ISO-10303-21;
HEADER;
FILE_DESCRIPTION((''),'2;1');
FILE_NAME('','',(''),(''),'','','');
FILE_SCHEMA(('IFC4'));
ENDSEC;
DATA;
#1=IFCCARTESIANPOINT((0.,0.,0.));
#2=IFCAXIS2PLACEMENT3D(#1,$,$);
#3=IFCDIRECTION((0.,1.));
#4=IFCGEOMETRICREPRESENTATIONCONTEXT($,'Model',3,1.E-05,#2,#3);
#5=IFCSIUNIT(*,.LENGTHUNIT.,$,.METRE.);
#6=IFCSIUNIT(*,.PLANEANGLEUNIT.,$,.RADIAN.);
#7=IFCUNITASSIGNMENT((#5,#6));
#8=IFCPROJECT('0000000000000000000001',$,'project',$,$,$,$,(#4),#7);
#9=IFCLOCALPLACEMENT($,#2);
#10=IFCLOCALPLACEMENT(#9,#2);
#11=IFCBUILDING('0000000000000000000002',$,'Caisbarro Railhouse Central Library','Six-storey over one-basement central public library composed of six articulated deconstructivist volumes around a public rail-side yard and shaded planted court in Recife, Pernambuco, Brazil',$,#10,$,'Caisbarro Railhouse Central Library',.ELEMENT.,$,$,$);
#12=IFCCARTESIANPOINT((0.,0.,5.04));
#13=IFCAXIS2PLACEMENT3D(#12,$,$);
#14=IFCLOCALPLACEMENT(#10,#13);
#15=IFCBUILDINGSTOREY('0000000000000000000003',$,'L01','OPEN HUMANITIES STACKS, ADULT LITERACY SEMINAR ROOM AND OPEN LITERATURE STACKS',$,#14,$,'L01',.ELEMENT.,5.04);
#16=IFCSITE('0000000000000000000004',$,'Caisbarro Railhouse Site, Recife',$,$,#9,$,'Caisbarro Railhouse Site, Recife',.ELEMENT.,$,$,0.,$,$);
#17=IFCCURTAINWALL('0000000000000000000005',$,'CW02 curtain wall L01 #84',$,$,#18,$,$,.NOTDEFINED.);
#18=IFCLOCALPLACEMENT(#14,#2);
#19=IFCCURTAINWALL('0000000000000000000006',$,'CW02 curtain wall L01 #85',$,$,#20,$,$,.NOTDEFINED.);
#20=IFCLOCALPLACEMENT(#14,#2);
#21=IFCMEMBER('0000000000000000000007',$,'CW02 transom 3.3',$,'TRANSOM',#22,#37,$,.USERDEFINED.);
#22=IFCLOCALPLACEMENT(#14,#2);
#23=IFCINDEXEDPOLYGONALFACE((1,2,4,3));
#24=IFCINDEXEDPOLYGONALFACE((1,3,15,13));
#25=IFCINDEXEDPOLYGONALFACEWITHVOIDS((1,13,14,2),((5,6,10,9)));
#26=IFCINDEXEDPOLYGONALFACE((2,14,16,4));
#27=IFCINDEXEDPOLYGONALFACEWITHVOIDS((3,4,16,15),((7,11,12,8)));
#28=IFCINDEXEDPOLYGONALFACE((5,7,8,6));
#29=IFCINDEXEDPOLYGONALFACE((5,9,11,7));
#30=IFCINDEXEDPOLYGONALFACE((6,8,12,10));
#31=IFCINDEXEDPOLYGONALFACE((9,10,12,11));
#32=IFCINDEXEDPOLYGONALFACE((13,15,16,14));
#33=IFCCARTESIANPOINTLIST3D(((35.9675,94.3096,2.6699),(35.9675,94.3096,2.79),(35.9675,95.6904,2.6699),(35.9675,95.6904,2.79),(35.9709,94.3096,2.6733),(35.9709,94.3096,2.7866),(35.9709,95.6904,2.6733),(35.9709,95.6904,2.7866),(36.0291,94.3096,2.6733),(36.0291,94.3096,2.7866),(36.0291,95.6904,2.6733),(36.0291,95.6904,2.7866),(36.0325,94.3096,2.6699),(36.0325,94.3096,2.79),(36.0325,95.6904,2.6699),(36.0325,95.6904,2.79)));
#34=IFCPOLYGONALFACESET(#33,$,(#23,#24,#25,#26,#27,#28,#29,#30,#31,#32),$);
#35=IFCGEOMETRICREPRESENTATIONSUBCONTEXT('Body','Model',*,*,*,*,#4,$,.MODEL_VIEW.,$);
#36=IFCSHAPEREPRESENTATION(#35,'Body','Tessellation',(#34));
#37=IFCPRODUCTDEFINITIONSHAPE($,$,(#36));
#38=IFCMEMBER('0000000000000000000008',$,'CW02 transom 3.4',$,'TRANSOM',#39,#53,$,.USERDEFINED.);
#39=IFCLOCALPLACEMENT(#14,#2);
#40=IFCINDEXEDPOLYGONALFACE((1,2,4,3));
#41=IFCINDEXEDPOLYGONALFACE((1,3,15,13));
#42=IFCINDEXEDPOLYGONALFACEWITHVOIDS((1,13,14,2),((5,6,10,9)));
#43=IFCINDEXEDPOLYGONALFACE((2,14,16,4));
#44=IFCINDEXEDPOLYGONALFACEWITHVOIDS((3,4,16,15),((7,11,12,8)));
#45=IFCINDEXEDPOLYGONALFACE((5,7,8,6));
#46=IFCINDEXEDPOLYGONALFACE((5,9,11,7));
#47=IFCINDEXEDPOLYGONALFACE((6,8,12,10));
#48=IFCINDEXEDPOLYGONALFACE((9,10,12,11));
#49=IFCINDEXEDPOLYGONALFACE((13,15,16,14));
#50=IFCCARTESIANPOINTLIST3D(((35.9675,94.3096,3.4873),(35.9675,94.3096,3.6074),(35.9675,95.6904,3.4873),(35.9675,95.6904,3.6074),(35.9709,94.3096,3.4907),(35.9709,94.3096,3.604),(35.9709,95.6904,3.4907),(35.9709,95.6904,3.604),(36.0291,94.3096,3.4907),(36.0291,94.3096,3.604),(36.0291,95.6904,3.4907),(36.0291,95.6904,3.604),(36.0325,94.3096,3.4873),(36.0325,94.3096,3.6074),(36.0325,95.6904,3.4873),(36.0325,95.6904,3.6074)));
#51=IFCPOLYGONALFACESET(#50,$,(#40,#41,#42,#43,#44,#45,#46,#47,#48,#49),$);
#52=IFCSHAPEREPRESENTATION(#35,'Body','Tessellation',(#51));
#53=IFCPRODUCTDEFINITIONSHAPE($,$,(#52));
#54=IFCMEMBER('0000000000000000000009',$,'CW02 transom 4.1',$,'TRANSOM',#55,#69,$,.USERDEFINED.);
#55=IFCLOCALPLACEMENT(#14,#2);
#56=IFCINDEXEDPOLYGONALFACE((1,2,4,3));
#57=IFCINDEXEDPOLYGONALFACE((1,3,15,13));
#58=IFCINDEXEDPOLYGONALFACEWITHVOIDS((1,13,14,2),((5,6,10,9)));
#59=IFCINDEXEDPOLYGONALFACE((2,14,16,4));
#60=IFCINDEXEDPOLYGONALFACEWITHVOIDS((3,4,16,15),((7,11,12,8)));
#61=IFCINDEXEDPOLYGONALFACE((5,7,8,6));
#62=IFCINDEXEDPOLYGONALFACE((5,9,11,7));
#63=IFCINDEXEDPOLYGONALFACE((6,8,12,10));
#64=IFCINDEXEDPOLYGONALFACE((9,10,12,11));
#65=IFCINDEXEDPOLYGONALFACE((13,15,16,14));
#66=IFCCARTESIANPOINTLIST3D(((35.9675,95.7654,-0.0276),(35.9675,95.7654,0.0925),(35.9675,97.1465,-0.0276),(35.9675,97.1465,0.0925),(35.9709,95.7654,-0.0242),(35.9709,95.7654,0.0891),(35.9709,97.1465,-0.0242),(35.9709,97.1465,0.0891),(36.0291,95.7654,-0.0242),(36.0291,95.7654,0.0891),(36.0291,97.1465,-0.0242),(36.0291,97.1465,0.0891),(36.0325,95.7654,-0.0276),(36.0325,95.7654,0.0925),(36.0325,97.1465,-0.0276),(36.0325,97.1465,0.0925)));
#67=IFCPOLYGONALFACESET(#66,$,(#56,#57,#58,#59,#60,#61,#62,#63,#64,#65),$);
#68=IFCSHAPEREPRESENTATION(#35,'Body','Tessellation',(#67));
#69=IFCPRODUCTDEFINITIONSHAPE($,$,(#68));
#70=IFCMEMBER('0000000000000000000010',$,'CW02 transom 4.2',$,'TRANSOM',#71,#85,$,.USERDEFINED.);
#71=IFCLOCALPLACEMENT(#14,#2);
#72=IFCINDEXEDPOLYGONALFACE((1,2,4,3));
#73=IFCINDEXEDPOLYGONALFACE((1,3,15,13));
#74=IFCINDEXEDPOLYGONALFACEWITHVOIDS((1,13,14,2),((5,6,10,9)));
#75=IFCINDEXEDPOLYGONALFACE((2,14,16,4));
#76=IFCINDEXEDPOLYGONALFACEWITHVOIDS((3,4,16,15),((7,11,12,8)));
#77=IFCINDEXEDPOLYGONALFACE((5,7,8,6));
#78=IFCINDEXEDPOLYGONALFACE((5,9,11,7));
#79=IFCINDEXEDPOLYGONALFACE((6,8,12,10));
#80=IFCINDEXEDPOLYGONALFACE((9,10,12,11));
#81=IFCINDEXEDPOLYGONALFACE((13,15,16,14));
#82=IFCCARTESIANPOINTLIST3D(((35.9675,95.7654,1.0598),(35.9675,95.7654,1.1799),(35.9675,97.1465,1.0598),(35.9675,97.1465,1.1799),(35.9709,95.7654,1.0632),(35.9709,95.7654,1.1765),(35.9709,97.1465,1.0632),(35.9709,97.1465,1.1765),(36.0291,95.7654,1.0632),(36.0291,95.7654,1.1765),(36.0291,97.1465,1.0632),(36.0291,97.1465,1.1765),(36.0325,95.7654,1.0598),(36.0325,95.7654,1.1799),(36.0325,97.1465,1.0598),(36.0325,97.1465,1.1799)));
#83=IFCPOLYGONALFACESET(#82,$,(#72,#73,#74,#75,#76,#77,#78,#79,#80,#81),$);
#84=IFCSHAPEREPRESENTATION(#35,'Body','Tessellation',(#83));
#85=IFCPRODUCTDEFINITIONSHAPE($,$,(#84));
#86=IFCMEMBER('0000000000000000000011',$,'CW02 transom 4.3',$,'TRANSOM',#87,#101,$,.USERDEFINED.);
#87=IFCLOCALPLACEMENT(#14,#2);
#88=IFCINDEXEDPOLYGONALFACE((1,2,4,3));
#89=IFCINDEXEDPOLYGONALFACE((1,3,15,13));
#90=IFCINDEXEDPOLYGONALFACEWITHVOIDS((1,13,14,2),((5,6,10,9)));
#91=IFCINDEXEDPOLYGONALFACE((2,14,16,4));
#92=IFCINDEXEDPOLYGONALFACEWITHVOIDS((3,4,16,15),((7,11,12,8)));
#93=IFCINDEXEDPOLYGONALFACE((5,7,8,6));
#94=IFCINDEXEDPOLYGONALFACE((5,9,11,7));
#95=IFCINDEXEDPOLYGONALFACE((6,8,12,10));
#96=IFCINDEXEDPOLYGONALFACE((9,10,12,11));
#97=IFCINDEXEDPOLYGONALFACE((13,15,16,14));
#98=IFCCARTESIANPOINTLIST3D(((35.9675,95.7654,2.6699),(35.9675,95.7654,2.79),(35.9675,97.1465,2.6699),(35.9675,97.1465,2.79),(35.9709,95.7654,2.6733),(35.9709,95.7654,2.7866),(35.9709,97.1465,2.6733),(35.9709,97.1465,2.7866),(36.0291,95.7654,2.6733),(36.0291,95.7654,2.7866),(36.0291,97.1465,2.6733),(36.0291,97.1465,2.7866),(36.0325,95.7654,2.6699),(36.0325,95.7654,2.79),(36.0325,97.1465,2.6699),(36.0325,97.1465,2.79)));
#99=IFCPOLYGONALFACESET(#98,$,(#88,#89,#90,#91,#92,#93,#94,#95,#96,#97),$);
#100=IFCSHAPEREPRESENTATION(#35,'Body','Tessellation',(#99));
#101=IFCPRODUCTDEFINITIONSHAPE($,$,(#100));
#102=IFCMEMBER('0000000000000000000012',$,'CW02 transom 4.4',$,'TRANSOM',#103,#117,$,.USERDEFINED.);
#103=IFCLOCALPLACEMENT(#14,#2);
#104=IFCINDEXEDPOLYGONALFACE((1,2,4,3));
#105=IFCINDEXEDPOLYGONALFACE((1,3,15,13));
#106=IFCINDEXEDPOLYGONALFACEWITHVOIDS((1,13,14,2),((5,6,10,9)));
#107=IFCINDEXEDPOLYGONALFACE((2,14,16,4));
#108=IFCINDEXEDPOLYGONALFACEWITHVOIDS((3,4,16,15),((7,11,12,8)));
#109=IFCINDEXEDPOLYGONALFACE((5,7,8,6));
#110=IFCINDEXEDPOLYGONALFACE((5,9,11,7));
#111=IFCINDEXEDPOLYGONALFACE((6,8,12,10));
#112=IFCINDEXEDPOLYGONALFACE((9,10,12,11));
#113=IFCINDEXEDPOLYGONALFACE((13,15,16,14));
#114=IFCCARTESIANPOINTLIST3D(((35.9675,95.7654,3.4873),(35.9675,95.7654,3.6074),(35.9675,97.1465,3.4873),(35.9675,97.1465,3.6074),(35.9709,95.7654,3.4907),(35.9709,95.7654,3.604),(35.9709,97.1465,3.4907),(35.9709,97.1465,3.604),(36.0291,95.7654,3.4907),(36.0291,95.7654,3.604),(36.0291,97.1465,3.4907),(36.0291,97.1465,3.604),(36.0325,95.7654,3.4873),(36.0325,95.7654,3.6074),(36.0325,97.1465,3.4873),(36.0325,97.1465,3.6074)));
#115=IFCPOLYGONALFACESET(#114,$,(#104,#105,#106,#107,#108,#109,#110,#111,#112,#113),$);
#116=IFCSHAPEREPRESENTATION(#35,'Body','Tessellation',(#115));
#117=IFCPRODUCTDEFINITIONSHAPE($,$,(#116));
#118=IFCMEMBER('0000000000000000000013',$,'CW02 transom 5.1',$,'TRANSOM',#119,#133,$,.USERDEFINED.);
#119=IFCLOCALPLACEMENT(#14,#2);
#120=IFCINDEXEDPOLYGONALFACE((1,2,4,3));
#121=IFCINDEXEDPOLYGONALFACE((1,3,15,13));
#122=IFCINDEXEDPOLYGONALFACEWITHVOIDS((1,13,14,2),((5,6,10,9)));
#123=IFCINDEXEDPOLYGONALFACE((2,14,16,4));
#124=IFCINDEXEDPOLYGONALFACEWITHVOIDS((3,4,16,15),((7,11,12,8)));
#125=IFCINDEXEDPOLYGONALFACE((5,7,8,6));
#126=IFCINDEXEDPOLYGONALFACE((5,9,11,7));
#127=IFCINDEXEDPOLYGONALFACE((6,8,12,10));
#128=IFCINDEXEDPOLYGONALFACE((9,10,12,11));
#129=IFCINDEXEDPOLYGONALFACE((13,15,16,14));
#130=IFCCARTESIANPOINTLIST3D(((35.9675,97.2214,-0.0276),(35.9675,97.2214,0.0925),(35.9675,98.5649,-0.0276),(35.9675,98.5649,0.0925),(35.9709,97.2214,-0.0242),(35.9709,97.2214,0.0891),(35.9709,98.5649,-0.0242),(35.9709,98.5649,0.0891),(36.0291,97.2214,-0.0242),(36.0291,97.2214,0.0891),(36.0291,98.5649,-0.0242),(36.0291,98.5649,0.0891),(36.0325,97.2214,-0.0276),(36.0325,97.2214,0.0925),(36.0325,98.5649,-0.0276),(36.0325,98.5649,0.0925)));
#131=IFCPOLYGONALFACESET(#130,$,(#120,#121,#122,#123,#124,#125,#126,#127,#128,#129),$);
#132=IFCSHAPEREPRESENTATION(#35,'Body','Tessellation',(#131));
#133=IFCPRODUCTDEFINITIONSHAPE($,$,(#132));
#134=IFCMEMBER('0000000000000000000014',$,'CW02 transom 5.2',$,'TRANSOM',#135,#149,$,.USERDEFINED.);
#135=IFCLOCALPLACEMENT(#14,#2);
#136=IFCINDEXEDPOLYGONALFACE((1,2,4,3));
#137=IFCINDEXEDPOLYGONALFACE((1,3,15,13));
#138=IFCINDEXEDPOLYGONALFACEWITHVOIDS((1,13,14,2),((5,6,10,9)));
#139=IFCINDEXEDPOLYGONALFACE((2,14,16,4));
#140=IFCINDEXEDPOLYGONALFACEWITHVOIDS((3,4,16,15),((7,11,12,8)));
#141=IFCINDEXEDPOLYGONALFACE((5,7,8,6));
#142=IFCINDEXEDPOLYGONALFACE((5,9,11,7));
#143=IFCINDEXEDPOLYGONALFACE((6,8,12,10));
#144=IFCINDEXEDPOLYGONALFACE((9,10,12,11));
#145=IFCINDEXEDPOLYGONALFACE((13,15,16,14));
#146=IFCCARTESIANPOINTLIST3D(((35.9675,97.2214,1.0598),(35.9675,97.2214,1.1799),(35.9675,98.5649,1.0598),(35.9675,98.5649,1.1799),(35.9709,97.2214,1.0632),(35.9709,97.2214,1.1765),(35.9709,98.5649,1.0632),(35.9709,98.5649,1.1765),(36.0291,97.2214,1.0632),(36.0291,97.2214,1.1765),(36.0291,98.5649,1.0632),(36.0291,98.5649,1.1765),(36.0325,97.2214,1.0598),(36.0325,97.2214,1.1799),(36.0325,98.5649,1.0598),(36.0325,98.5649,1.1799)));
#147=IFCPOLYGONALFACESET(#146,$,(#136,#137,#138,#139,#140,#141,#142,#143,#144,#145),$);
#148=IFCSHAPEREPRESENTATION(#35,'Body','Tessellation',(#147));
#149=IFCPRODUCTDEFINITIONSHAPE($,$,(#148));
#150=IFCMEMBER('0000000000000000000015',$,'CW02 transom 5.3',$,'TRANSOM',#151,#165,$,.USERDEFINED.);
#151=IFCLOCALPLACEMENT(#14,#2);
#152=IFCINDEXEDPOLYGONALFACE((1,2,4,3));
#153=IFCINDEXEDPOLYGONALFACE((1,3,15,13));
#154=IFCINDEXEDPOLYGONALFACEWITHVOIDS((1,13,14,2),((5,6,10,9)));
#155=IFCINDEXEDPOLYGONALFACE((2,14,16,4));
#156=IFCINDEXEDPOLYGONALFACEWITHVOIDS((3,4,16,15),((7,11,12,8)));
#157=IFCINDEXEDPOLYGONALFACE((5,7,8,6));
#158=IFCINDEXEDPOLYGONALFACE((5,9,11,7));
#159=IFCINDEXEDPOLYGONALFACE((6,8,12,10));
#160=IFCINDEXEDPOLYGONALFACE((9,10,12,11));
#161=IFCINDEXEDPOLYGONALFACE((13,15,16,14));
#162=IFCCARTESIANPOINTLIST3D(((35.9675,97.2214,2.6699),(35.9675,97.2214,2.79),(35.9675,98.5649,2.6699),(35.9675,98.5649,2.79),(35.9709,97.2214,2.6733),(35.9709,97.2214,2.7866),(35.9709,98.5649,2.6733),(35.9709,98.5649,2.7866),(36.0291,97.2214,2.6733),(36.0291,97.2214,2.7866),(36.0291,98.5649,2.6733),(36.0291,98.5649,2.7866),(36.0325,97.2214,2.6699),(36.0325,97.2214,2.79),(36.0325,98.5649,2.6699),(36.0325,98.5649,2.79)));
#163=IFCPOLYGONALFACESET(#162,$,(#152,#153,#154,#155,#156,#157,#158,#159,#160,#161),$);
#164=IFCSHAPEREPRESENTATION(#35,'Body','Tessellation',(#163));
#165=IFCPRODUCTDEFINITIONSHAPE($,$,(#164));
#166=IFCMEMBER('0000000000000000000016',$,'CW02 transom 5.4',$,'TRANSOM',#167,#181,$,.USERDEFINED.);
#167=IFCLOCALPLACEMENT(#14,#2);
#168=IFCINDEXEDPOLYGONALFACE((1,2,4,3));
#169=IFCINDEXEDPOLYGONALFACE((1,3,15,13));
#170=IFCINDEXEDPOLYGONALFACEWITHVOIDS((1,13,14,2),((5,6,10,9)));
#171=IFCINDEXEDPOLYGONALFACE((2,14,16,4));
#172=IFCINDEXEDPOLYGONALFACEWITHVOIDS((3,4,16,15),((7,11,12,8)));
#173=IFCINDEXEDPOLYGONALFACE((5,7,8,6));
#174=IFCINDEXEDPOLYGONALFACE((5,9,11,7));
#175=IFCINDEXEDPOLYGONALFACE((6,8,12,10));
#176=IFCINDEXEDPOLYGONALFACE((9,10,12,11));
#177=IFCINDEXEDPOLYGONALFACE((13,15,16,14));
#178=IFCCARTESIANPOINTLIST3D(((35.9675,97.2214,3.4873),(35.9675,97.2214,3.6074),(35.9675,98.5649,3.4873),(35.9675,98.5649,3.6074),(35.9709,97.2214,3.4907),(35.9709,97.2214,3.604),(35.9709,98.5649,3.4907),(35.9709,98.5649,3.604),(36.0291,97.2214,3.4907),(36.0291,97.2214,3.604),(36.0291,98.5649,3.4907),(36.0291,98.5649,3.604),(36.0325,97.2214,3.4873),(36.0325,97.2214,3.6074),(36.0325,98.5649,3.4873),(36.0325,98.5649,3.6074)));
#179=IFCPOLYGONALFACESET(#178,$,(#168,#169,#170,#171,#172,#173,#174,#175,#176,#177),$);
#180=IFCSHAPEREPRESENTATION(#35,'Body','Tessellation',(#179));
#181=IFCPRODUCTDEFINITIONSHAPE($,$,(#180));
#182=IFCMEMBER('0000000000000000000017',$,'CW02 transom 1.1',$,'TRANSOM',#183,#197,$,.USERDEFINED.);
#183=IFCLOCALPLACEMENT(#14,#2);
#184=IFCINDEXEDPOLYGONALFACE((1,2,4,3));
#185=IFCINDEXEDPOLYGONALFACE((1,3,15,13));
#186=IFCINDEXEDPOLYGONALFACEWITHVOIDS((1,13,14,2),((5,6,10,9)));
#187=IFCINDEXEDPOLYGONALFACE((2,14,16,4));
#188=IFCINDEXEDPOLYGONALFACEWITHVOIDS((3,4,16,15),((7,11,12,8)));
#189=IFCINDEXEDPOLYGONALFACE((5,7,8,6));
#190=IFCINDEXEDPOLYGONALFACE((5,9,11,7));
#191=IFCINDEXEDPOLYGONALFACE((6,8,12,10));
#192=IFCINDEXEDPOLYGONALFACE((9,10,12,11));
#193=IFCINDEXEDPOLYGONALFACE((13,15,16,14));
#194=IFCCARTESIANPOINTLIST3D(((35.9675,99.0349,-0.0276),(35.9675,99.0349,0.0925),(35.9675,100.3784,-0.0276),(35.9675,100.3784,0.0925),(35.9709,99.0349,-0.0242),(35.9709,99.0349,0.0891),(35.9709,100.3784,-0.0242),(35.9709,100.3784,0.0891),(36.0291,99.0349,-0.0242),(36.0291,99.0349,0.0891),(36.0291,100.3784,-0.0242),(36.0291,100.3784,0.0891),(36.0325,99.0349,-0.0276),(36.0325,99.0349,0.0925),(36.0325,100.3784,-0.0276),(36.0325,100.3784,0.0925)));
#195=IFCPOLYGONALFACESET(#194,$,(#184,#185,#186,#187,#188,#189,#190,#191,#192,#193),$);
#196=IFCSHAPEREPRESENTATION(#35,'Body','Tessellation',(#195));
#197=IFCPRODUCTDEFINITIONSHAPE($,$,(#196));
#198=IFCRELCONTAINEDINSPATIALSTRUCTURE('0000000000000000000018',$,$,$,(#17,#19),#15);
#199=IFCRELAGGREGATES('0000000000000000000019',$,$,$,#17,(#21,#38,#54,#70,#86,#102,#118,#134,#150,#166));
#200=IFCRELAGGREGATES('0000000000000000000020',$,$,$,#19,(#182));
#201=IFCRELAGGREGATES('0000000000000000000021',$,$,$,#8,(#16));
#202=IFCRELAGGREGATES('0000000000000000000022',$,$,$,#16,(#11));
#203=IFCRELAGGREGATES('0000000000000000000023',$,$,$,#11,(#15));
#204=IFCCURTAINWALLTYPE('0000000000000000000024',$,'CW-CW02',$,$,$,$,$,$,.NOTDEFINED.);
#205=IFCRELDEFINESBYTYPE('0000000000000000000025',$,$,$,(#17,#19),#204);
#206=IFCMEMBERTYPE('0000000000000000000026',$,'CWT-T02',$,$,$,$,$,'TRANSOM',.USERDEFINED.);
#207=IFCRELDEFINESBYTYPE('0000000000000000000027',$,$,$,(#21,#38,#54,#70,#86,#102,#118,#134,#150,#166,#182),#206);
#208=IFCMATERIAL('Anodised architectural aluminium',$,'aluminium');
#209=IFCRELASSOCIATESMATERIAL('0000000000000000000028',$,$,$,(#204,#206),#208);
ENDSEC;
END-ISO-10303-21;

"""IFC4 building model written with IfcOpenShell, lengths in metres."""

from ifc_helpers import new_model, si_unit, direction, frame, origin, origin_2d, place, context, subcontext, project, spatial, hollow_rectangle, extrude, material, material_profile, profile_set, type_object, element, aggregate, save


model = new_model("IFC4")

# Units and contexts
model_context = context("Model", 3, precision=1e-05, world=origin(), true_north=direction((0.0, 1.0)))
body_context = subcontext(model_context, "Body", "Model", "MODEL_VIEW")
ifc_project = project(units=[si_unit("LENGTHUNIT", "METRE"), si_unit("PLANEANGLEUNIT", "RADIAN")], contexts=[model_context])

# Site, building, storey
site_placement = place(None, origin())
site = spatial("IfcSite", under=ifc_project, at=site_placement, Name="Caisbarro Railhouse Site, Recife", LongName="Caisbarro Railhouse Site, Recife", CompositionType="ELEMENT", RefElevation=0.0)
building_placement = place(site_placement, origin())
building = spatial("IfcBuilding", under=site, at=building_placement, Name="Caisbarro Railhouse Central Library", Description="Six-storey over one-basement central public library composed of six articulated deconstructivist volumes around a public rail-side yard and shaded planted court in Recife, Pernambuco, Brazil", LongName="Caisbarro Railhouse Central Library", CompositionType="ELEMENT")
storey_placement = place(building_placement, frame((0.0, 0.0, 5.04)))
storey = spatial("IfcBuildingStorey", under=building, at=storey_placement, Name="L01", Description="OPEN HUMANITIES STACKS, ADULT LITERACY SEMINAR ROOM AND OPEN LITERATURE STACKS", LongName="L01", CompositionType="ELEMENT", Elevation=5.04)

# Curtain wall
ifc_material_1 = material(Name="Anodised architectural aluminium", Category="aluminium")
curtain_wall_type = type_object("IfcCurtainWallType", Name="CW-CW02", PredefinedType="NOTDEFINED", material=ifc_material_1)
curtain_wall_1_placement = place(storey_placement, origin())
curtain_wall_1 = element("IfcCurtainWall", 1, at=curtain_wall_1_placement, inside=storey, type_object=curtain_wall_type, Name="CW02 curtain wall L01 #84", PredefinedType="NOTDEFINED")

# Curtain wall
curtain_wall_2_placement = place(storey_placement, origin())
curtain_wall_2 = element("IfcCurtainWall", 2, at=curtain_wall_2_placement, inside=storey, type_object=curtain_wall_type, Name="CW02 curtain wall L01 #85", PredefinedType="NOTDEFINED")

# Members
ifc_material_profile_1 = material_profile(ifc_material_1, hollow_rectangle(XDim=0.0649, YDim=0.1201, WallThickness=0.0034, at=origin_2d()), Name="ALU-TRN-65X120")
ifc_profile_set_1 = profile_set([ifc_material_profile_1], Name="Anodised architectural aluminium")
member_type_1 = type_object("IfcMemberType", Name="CWT-T02", ElementType="TRANSOM", PredefinedType="USERDEFINED", material=ifc_profile_set_1)
member_1_placement = place(storey_placement, frame((36.0, 94.3096, 2.73), z_axis=(0.0, 1.0, 0.0), x_axis=(-1.0, 0.0, 0.0)))
member_1 = element("IfcMember", 3, at=member_1_placement, type_object=member_type_1, Name="CW02 transom 3.3", ObjectType="TRANSOM", PredefinedType="USERDEFINED", context=body_context, shape_type="SweptSolid", body=[
    extrude(hollow_rectangle(XDim=0.0649, YDim=0.1201, WallThickness=0.0034, at=origin_2d()), origin(), (0.0, 0.0, 1.0), 1.3809),
])
member_2_placement = place(storey_placement, frame((36.0, 94.3096, 3.5474), z_axis=(0.0, 1.0, 0.0), x_axis=(-1.0, 0.0, 0.0)))
member_2 = element("IfcMember", 4, at=member_2_placement, type_object=member_type_1, Name="CW02 transom 3.4", ObjectType="TRANSOM", PredefinedType="USERDEFINED", context=body_context, shape_type="SweptSolid", body=[
    extrude(hollow_rectangle(XDim=0.0649, YDim=0.1201, WallThickness=0.0034, at=origin_2d()), origin(), (0.0, 0.0, 1.0), 1.3809),
])
member_3_placement = place(storey_placement, frame((36.0, 95.7654, 0.0325), z_axis=(0.0, 1.0, 0.0), x_axis=(-1.0, 0.0, 0.0)))
member_3 = element("IfcMember", 5, at=member_3_placement, type_object=member_type_1, Name="CW02 transom 4.1", ObjectType="TRANSOM", PredefinedType="USERDEFINED", context=body_context, shape_type="SweptSolid", body=[
    extrude(hollow_rectangle(XDim=0.0649, YDim=0.1201, WallThickness=0.0034, at=origin_2d()), origin(), (0.0, 0.0, 1.0), 1.3811),
])
member_4_placement = place(storey_placement, frame((36.0, 95.7654, 1.1199), z_axis=(0.0, 1.0, 0.0), x_axis=(-1.0, 0.0, 0.0)))
member_4 = element("IfcMember", 6, at=member_4_placement, type_object=member_type_1, Name="CW02 transom 4.2", ObjectType="TRANSOM", PredefinedType="USERDEFINED", context=body_context, shape_type="SweptSolid", body=[
    extrude(hollow_rectangle(XDim=0.0649, YDim=0.1201, WallThickness=0.0034, at=origin_2d()), origin(), (0.0, 0.0, 1.0), 1.3811),
])
member_5_placement = place(storey_placement, frame((36.0, 95.7654, 2.73), z_axis=(0.0, 1.0, 0.0), x_axis=(-1.0, 0.0, 0.0)))
member_5 = element("IfcMember", 7, at=member_5_placement, type_object=member_type_1, Name="CW02 transom 4.3", ObjectType="TRANSOM", PredefinedType="USERDEFINED", context=body_context, shape_type="SweptSolid", body=[
    extrude(hollow_rectangle(XDim=0.0649, YDim=0.1201, WallThickness=0.0034, at=origin_2d()), origin(), (0.0, 0.0, 1.0), 1.3811),
])
member_6_placement = place(storey_placement, frame((36.0, 95.7654, 3.5474), z_axis=(0.0, 1.0, 0.0), x_axis=(-1.0, 0.0, 0.0)))
member_6 = element("IfcMember", 8, at=member_6_placement, type_object=member_type_1, Name="CW02 transom 4.4", ObjectType="TRANSOM", PredefinedType="USERDEFINED", context=body_context, shape_type="SweptSolid", body=[
    extrude(hollow_rectangle(XDim=0.0649, YDim=0.1201, WallThickness=0.0034, at=origin_2d()), origin(), (0.0, 0.0, 1.0), 1.3811),
])
member_7_placement = place(storey_placement, frame((36.0, 97.2214, 0.0325), z_axis=(0.0, 1.0, 0.0), x_axis=(-1.0, 0.0, 0.0)))
member_7 = element("IfcMember", 9, at=member_7_placement, type_object=member_type_1, Name="CW02 transom 5.1", ObjectType="TRANSOM", PredefinedType="USERDEFINED", context=body_context, shape_type="SweptSolid", body=[
    extrude(hollow_rectangle(XDim=0.0649, YDim=0.1201, WallThickness=0.0034, at=origin_2d()), origin(), (0.0, 0.0, 1.0), 1.3435),
])
member_8_placement = place(storey_placement, frame((36.0, 97.2214, 1.1199), z_axis=(0.0, 1.0, 0.0), x_axis=(-1.0, 0.0, 0.0)))
member_8 = element("IfcMember", 10, at=member_8_placement, type_object=member_type_1, Name="CW02 transom 5.2", ObjectType="TRANSOM", PredefinedType="USERDEFINED", context=body_context, shape_type="SweptSolid", body=[
    extrude(hollow_rectangle(XDim=0.0649, YDim=0.1201, WallThickness=0.0034, at=origin_2d()), origin(), (0.0, 0.0, 1.0), 1.3435),
])
member_9_placement = place(storey_placement, frame((36.0, 97.2214, 2.73), z_axis=(0.0, 1.0, 0.0), x_axis=(-1.0, 0.0, 0.0)))
member_9 = element("IfcMember", 11, at=member_9_placement, type_object=member_type_1, Name="CW02 transom 5.3", ObjectType="TRANSOM", PredefinedType="USERDEFINED", context=body_context, shape_type="SweptSolid", body=[
    extrude(hollow_rectangle(XDim=0.0649, YDim=0.1201, WallThickness=0.0034, at=origin_2d()), origin(), (0.0, 0.0, 1.0), 1.3435),
])
member_10_placement = place(storey_placement, frame((36.0, 97.2214, 3.5474), z_axis=(0.0, 1.0, 0.0), x_axis=(-1.0, 0.0, 0.0)))
member_10 = element("IfcMember", 12, at=member_10_placement, type_object=member_type_1, Name="CW02 transom 5.4", ObjectType="TRANSOM", PredefinedType="USERDEFINED", context=body_context, shape_type="SweptSolid", body=[
    extrude(hollow_rectangle(XDim=0.0649, YDim=0.1201, WallThickness=0.0034, at=origin_2d()), origin(), (0.0, 0.0, 1.0), 1.3435),
])
member_11_placement = place(storey_placement, frame((36.0, 99.0349, 0.0325), z_axis=(0.0, 1.0, 0.0), x_axis=(-1.0, 0.0, 0.0)))
member_11 = element("IfcMember", 13, at=member_11_placement, type_object=member_type_1, Name="CW02 transom 1.1", ObjectType="TRANSOM", PredefinedType="USERDEFINED", context=body_context, shape_type="SweptSolid", body=[
    extrude(hollow_rectangle(XDim=0.0649, YDim=0.1201, WallThickness=0.0034, at=origin_2d()), origin(), (0.0, 0.0, 1.0), 1.3435),
])

aggregate(curtain_wall_1, [member_1, member_2, member_3, member_4, member_5, member_6, member_7, member_8, member_9, member_10])
aggregate(curtain_wall_2, [member_11])

save(model, "model.ifc")
